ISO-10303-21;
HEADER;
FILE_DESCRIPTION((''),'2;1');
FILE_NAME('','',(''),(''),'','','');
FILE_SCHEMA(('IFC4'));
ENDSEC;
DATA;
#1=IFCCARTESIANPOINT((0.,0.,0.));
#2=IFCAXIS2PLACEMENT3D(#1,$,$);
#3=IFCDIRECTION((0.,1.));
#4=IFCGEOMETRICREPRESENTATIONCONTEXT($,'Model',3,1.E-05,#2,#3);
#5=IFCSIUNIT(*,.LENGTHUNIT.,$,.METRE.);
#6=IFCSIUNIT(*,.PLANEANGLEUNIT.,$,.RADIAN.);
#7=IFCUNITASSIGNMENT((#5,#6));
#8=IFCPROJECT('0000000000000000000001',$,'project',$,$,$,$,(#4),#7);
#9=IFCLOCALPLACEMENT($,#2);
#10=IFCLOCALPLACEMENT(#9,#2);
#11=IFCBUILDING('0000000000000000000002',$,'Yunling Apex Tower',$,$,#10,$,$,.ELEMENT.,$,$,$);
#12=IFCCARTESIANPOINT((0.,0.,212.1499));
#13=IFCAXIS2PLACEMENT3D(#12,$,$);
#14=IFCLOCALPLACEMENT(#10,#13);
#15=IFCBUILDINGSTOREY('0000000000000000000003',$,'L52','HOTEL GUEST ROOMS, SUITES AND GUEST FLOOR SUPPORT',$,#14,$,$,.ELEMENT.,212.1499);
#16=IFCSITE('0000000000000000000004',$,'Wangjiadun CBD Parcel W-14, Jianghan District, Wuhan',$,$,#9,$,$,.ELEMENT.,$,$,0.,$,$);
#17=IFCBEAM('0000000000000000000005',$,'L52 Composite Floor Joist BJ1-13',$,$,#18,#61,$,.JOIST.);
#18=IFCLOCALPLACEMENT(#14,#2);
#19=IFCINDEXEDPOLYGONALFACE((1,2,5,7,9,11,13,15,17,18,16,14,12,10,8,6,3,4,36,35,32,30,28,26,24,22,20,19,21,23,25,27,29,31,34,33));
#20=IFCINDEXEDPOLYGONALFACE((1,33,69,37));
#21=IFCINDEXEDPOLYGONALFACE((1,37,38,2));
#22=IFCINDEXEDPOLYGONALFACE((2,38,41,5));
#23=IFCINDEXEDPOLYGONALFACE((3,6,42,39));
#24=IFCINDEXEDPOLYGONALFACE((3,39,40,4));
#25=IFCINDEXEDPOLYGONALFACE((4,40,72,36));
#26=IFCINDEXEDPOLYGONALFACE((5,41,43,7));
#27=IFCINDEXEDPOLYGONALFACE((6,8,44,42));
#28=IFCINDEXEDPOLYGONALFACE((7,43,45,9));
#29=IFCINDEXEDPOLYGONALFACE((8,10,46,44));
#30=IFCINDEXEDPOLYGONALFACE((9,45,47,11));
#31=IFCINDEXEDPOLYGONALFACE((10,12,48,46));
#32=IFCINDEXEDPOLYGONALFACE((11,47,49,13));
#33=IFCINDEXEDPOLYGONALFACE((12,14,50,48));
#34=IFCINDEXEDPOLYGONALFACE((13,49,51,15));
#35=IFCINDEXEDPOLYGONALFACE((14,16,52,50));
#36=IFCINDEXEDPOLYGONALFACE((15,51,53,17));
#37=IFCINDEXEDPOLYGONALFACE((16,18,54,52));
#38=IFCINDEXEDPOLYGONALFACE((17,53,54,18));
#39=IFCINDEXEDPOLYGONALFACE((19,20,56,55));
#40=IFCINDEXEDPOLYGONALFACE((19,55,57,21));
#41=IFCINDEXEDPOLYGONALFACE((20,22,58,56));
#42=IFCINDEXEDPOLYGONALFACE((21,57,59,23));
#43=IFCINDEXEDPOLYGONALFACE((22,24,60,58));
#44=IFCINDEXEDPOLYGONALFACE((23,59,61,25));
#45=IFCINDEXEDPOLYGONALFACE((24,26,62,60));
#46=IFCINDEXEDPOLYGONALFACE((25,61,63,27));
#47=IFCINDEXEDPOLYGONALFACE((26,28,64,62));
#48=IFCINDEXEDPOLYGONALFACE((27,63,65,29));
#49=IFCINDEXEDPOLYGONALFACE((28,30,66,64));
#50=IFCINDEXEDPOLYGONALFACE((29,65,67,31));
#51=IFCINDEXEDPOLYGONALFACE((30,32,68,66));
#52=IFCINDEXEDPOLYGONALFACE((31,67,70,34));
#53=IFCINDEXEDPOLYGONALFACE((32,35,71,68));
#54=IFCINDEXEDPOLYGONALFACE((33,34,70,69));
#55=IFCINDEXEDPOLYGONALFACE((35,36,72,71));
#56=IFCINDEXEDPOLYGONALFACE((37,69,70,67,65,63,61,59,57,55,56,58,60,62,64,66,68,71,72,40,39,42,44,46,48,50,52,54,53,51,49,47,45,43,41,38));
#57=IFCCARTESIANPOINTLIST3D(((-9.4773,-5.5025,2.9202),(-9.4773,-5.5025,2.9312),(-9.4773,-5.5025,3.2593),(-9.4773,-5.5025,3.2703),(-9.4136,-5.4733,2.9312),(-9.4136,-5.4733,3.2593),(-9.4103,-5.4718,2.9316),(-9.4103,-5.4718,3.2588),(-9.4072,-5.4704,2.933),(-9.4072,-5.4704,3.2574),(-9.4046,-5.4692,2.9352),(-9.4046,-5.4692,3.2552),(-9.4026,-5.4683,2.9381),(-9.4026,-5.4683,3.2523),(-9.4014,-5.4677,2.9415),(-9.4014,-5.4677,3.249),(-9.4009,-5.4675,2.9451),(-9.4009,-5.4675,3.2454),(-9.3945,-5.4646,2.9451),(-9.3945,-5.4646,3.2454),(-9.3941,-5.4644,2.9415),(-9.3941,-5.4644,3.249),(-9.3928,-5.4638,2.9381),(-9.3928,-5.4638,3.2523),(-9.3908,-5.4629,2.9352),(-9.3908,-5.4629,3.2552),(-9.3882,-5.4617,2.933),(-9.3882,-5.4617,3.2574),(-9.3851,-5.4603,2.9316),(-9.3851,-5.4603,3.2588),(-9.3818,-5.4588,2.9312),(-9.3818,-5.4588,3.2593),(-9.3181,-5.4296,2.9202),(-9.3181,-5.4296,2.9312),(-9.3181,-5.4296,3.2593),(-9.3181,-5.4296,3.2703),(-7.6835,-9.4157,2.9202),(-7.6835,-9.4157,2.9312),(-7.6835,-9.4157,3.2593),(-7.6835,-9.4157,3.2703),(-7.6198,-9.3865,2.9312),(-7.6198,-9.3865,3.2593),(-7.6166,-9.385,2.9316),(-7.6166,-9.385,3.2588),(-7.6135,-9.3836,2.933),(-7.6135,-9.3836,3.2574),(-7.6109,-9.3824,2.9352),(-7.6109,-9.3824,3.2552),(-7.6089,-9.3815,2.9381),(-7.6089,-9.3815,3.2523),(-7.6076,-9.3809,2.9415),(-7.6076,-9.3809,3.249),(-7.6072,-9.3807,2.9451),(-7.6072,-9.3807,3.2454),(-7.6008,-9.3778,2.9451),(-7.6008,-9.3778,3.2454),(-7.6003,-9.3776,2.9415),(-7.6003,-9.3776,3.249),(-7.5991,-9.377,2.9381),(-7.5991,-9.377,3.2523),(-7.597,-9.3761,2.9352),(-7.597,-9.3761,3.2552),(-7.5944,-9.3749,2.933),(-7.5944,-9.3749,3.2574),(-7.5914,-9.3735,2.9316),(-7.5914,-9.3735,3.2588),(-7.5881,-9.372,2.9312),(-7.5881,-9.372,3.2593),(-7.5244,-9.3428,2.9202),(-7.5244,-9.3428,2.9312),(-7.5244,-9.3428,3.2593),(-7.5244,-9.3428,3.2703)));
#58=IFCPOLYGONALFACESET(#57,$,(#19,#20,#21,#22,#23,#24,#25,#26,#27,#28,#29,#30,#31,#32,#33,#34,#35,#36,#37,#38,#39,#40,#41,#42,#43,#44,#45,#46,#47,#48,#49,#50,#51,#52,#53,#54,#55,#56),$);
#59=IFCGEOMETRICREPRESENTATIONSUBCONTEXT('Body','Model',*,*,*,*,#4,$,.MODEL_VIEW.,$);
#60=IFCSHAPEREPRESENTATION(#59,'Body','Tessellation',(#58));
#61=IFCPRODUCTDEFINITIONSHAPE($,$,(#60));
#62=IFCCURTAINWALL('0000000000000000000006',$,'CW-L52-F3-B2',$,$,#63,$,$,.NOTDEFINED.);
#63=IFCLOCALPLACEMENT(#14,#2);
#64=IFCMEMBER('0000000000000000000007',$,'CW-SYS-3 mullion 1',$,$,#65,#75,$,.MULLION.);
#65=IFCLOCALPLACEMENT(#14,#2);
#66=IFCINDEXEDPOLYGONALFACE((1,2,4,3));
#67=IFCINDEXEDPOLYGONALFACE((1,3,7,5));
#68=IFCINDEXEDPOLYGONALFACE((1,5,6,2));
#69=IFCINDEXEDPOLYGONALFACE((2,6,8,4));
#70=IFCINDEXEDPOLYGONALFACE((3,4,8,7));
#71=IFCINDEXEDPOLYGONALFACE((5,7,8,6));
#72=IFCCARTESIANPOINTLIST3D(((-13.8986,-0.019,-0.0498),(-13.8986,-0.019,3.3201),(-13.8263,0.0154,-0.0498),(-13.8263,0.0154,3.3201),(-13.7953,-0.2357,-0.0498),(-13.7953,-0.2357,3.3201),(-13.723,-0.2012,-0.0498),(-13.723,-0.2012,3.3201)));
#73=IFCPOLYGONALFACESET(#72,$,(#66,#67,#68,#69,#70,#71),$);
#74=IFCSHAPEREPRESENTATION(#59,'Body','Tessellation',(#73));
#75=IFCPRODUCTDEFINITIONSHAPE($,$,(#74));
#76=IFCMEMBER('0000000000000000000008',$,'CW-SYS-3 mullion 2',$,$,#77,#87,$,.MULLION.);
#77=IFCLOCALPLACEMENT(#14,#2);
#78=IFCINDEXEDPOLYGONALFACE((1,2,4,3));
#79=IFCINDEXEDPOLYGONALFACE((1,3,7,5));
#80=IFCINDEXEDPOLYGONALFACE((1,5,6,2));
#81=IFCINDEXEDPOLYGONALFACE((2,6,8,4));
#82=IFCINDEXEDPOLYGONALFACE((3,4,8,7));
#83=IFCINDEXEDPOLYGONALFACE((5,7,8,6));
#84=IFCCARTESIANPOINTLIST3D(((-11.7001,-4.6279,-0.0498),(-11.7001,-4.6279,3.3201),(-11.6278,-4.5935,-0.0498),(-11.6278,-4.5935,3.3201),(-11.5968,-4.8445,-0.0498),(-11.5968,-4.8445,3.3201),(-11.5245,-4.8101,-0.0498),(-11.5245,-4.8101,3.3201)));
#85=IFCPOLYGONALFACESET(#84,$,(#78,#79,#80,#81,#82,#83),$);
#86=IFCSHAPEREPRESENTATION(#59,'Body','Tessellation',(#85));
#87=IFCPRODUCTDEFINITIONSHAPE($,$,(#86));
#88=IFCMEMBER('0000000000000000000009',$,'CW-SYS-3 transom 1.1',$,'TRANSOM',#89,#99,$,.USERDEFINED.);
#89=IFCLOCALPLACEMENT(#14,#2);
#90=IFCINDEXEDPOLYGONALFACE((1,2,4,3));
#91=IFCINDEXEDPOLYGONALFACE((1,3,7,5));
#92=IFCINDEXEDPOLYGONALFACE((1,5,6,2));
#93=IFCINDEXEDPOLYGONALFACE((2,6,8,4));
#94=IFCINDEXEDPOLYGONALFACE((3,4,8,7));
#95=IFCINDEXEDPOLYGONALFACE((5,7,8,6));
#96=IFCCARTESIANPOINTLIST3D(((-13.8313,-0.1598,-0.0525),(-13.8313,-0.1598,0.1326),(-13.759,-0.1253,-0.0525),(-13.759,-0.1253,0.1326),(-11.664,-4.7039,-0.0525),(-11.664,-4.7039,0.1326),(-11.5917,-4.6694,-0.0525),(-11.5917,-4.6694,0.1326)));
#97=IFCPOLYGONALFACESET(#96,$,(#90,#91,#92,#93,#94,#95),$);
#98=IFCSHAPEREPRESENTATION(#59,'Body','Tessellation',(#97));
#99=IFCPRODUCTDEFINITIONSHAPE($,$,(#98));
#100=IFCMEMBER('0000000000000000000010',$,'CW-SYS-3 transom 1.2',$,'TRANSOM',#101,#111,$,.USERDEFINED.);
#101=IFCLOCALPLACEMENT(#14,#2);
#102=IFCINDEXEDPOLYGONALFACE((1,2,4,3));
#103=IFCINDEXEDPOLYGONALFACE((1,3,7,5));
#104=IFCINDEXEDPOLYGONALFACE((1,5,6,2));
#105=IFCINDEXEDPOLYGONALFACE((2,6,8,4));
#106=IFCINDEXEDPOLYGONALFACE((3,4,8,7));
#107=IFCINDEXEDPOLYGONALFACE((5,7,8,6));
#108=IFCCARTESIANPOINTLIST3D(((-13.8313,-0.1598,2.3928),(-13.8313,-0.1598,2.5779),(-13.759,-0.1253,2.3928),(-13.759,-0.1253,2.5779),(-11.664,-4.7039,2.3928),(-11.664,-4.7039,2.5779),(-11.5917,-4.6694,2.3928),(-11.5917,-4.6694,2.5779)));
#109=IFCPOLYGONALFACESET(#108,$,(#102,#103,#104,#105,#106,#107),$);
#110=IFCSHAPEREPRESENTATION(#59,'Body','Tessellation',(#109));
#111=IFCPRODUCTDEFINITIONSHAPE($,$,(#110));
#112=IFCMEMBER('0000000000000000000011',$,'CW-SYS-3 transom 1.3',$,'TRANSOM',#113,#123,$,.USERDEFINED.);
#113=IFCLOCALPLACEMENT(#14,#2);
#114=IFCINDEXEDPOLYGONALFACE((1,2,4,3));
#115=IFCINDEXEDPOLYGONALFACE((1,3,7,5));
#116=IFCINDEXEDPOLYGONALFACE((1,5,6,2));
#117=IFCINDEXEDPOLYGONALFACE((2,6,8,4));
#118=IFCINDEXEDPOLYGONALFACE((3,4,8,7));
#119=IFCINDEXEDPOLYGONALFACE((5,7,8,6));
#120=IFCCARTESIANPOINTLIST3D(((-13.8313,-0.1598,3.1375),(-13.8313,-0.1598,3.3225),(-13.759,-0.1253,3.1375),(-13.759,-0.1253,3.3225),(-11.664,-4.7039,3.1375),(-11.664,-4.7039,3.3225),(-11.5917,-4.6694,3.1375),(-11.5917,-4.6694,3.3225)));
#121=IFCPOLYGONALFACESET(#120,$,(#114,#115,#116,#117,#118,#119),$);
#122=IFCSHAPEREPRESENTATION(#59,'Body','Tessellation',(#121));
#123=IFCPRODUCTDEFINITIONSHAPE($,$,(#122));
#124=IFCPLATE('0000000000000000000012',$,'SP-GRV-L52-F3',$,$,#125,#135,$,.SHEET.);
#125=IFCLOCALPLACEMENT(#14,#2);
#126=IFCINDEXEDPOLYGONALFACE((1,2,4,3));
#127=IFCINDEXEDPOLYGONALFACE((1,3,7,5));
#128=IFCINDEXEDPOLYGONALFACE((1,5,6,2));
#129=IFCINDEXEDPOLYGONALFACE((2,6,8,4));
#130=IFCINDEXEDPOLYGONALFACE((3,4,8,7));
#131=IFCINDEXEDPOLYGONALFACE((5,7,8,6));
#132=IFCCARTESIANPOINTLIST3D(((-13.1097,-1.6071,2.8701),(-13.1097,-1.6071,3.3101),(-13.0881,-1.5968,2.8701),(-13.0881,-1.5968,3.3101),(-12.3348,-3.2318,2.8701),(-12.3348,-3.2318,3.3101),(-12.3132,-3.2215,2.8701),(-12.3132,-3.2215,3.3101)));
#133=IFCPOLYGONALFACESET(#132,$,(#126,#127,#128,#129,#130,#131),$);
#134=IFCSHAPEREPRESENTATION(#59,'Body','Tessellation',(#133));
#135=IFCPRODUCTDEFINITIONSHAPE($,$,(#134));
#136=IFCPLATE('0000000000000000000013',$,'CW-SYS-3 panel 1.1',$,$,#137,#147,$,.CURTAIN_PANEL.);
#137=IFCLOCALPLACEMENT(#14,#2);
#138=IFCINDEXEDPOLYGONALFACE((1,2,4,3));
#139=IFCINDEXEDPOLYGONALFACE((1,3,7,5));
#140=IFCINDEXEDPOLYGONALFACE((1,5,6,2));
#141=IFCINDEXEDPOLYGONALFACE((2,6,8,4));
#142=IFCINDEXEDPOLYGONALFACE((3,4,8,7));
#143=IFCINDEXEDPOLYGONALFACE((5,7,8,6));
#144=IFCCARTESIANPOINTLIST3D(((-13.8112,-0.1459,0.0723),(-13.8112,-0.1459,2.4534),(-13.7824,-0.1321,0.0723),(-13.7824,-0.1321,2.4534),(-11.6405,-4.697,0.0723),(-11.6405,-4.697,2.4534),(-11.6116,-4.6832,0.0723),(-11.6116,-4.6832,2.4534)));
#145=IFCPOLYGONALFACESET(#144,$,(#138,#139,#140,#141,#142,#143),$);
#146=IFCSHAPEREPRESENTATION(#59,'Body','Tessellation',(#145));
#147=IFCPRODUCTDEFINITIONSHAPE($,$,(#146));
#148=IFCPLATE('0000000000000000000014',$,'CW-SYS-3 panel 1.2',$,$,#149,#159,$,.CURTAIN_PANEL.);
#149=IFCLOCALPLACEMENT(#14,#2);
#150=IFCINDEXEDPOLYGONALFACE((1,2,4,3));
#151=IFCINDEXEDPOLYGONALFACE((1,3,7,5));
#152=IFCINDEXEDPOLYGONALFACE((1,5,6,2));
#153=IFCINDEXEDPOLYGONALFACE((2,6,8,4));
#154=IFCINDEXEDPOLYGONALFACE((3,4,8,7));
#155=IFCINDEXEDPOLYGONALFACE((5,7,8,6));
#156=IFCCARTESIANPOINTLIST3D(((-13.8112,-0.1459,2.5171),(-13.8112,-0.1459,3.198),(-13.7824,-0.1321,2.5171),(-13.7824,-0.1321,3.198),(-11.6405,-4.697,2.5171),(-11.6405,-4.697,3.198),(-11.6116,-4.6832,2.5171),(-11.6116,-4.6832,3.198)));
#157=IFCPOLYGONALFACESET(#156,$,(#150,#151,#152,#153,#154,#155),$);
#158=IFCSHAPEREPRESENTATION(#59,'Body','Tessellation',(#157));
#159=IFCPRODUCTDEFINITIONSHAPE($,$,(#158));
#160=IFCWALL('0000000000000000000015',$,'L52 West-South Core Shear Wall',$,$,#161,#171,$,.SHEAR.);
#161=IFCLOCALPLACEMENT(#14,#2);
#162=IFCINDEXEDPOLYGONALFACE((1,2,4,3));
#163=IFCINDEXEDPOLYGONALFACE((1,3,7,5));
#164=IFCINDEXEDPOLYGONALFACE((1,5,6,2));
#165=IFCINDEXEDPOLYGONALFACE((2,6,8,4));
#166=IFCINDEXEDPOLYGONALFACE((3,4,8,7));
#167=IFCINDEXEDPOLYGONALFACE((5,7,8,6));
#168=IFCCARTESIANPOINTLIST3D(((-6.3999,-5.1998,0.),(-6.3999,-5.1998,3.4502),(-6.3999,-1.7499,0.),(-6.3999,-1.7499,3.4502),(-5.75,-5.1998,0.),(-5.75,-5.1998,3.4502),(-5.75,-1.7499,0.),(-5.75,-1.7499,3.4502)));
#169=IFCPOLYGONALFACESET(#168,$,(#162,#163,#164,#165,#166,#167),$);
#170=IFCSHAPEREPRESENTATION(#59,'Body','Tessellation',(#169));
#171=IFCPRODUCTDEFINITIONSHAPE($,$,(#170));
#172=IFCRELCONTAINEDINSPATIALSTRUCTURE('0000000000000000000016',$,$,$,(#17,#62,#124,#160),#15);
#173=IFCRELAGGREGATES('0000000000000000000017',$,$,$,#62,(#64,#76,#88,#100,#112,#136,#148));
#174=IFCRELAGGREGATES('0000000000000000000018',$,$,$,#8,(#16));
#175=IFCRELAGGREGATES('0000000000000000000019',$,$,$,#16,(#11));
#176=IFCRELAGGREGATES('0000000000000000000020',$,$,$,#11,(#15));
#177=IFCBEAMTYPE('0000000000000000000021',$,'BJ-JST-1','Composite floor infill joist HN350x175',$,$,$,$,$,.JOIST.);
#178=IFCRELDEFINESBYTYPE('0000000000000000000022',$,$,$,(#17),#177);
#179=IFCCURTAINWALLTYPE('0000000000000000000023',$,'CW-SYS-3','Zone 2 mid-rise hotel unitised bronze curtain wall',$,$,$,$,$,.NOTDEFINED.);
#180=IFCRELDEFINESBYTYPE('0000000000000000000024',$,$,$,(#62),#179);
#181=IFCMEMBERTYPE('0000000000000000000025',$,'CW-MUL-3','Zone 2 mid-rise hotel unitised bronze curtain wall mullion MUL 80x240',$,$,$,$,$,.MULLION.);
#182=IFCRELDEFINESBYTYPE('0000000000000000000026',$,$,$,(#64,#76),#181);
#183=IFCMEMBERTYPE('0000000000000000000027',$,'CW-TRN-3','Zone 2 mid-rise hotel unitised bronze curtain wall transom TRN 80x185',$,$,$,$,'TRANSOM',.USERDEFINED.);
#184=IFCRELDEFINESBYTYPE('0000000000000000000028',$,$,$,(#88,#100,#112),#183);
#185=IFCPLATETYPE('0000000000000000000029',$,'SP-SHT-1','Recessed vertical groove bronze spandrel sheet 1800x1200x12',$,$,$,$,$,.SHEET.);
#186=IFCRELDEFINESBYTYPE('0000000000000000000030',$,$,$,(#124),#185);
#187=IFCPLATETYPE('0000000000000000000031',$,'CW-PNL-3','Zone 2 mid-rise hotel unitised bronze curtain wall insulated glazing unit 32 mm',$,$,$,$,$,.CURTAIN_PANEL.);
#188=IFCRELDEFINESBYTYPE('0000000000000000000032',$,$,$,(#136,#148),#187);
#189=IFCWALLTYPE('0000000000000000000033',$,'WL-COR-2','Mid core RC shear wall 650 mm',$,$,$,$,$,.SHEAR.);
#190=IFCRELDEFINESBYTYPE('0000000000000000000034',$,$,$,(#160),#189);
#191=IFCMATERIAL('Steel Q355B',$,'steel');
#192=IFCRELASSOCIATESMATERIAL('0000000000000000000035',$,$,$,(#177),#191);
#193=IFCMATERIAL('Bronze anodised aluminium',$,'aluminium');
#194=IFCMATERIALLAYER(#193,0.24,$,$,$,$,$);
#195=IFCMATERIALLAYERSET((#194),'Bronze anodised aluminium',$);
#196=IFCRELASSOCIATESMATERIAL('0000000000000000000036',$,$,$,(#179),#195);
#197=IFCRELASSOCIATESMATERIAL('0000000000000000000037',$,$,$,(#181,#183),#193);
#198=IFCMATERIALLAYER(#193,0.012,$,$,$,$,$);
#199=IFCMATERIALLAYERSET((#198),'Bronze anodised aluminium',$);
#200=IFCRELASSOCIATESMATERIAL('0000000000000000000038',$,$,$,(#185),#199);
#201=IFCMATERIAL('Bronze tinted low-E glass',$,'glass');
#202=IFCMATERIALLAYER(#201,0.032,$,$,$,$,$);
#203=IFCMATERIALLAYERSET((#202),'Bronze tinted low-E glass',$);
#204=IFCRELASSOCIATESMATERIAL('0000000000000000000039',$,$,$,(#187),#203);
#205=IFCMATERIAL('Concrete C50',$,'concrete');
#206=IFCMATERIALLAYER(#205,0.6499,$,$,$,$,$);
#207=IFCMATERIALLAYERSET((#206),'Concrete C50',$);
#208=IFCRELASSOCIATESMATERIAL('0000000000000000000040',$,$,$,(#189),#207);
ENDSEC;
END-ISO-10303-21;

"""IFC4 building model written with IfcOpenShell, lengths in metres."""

from ifc_helpers import new_model, si_unit, direction, frame, frame_2d, origin, origin_2d, place, context, subcontext, project, spatial, rectangle, i_section, extrude, source, transform, mapped, material, layer, layer_set, material_profile, profile_set, type_object, element, aggregate, save


model = new_model("IFC4")

# Units and contexts
model_context = context("Model", 3, precision=1e-05, world=origin(), true_north=direction((0.0, 1.0)))
body_context = subcontext(model_context, "Body", "Model", "MODEL_VIEW")
ifc_project = project(units=[si_unit("LENGTHUNIT", "METRE"), si_unit("PLANEANGLEUNIT", "RADIAN")], contexts=[model_context])

# Site, building, storey
site_placement = place(None, origin())
site = spatial("IfcSite", under=ifc_project, at=site_placement, Name="Wangjiadun CBD Parcel W-14, Jianghan District, Wuhan", CompositionType="ELEMENT", RefElevation=0.0)
building_placement = place(site_placement, origin())
building = spatial("IfcBuilding", under=site, at=building_placement, Name="Yunling Apex Tower", CompositionType="ELEMENT")
storey_placement = place(building_placement, frame((0.0, 0.0, 212.1499)))
storey = spatial("IfcBuildingStorey", under=building, at=storey_placement, Name="L52", Description="HOTEL GUEST ROOMS, SUITES AND GUEST FLOOR SUPPORT", CompositionType="ELEMENT", Elevation=212.1499)

# Beam
ifc_material_1 = material(Name="Steel Q355B", Category="steel")
ifc_material_profile_1 = material_profile(ifc_material_1, i_section(OverallWidth=0.175, OverallDepth=0.3501, WebThickness=0.0071, FlangeThickness=0.011, FilletRadius=0.0139, at=origin_2d()))
ifc_profile_set_1 = profile_set([ifc_material_profile_1], Name="Steel Q355B")
beam_type_1 = type_object("IfcBeamType", Name="BJ-JST-1", Description="Composite floor infill joist HN350x175", PredefinedType="JOIST", material=ifc_profile_set_1)
shared_shape_1 = source(origin(), body_context, "Body", "SweptSolid", [
    extrude(i_section(OverallWidth=0.175, OverallDepth=0.3501, WebThickness=0.0071, FlangeThickness=0.011, FilletRadius=0.0139, at=origin_2d()), origin(), (0.0, 0.0, 1.0), 4.3047),
])
beam_1_placement = place(storey_placement, frame((-9.3977, -5.4661, 3.0952), z_axis=(0.416694, -0.909047, 0.0), x_axis=(0.909047, 0.416694, 0.0)))
element("IfcBeam", 1, at=beam_1_placement, inside=storey, type_object=beam_type_1, Name="L52 Composite Floor Joist BJ1-13", PredefinedType="JOIST", context=body_context, shape_type="MappedRepresentation", body=[
    mapped(shared_shape_1, transform((0.0, 0.0, 0.0), scale=1.0)),
])

# Curtain wall, members
ifc_material_2 = material(Name="Bronze anodised aluminium", Category="aluminium")
ifc_layer_1 = layer(ifc_material_2, 0.24)
ifc_layer_set_1 = layer_set([ifc_layer_1], Name="Bronze anodised aluminium")
curtain_wall_type = type_object("IfcCurtainWallType", Name="CW-SYS-3", Description="Zone 2 mid-rise hotel unitised bronze curtain wall", PredefinedType="NOTDEFINED", material=ifc_layer_set_1)
curtain_wall_placement = place(storey_placement, origin())
curtain_wall = element("IfcCurtainWall", 2, at=curtain_wall_placement, inside=storey, type_object=curtain_wall_type, Name="CW-L52-F3-B2", PredefinedType="NOTDEFINED")
ifc_material_profile_2 = material_profile(ifc_material_2, rectangle(XDim=0.0801, YDim=0.24, at=origin_2d()))
ifc_profile_set_2 = profile_set([ifc_material_profile_2], Name="Bronze anodised aluminium")
member_type_1 = type_object("IfcMemberType", Name="CW-MUL-3", Description="Zone 2 mid-rise hotel unitised bronze curtain wall mullion MUL 80x240", PredefinedType="MULLION", material=ifc_profile_set_2)
shared_shape_2 = source(origin(), body_context, "Body", "SweptSolid", [
    extrude(rectangle(XDim=0.0801, YDim=0.24, at=origin_2d()), origin(), (0.0, 0.0, 1.0), 3.3699),
])
member_1_placement = place(storey_placement, frame((-13.8108, -0.1101, -0.0498), z_axis=(0.0, 0.0, 1.0), x_axis=(0.902583, 0.430516, 0.0)))
member_1 = element("IfcMember", 3, at=member_1_placement, type_object=member_type_1, Name="CW-SYS-3 mullion 1", PredefinedType="MULLION", context=body_context, shape_type="MappedRepresentation", body=[
    mapped(shared_shape_2, transform((0.0, 0.0, 0.0), scale=1.0)),
])
member_2_placement = place(storey_placement, frame((-11.6123, -4.719, -0.0498), z_axis=(0.0, 0.0, 1.0), x_axis=(0.902583, 0.430516, 0.0)))
member_2 = element("IfcMember", 4, at=member_2_placement, type_object=member_type_1, Name="CW-SYS-3 mullion 2", PredefinedType="MULLION", context=body_context, shape_type="MappedRepresentation", body=[
    mapped(shared_shape_2, transform((0.0, 0.0, 0.0), scale=1.0)),
])
ifc_material_profile_3 = material_profile(ifc_material_2, rectangle(XDim=0.0801, YDim=0.1851, at=origin_2d()))
ifc_profile_set_3 = profile_set([ifc_material_profile_3], Name="Bronze anodised aluminium")
member_type_2 = type_object("IfcMemberType", Name="CW-TRN-3", Description="Zone 2 mid-rise hotel unitised bronze curtain wall transom TRN 80x185", ElementType="TRANSOM", PredefinedType="USERDEFINED", material=ifc_profile_set_3)
shared_shape_3 = source(origin(), body_context, "Body", "SweptSolid", [
    extrude(rectangle(XDim=0.0801, YDim=0.1851, at=origin_2d()), origin(), (0.0, 0.0, 1.0), 5.0344),
])
member_3_placement = place(storey_placement, frame((-13.7952, -0.1426, 0.04), z_axis=(0.430493, -0.902594, 0.0), x_axis=(0.902594, 0.430493, 0.0)))
member_3 = element("IfcMember", 5, at=member_3_placement, type_object=member_type_2, Name="CW-SYS-3 transom 1.1", ObjectType="TRANSOM", PredefinedType="USERDEFINED", context=body_context, shape_type="MappedRepresentation", body=[
    mapped(shared_shape_3, transform((0.0, 0.0, 0.0), scale=1.0)),
])
member_4_placement = place(storey_placement, frame((-13.7952, -0.1426, 2.4854), z_axis=(0.430493, -0.902594, 0.0), x_axis=(0.902594, 0.430493, 0.0)))
member_4 = element("IfcMember", 6, at=member_4_placement, type_object=member_type_2, Name="CW-SYS-3 transom 1.2", ObjectType="TRANSOM", PredefinedType="USERDEFINED", context=body_context, shape_type="MappedRepresentation", body=[
    mapped(shared_shape_3, transform((0.0, 0.0, 0.0), scale=1.0)),
])
member_5_placement = place(storey_placement, frame((-13.7952, -0.1426, 3.23), z_axis=(0.430493, -0.902594, 0.0), x_axis=(0.902594, 0.430493, 0.0)))
member_5 = element("IfcMember", 7, at=member_5_placement, type_object=member_type_2, Name="CW-SYS-3 transom 1.3", ObjectType="TRANSOM", PredefinedType="USERDEFINED", context=body_context, shape_type="MappedRepresentation", body=[
    mapped(shared_shape_3, transform((0.0, 0.0, 0.0), scale=1.0)),
])

# Plates
ifc_layer_2 = layer(ifc_material_2, 0.012)
ifc_layer_set_2 = layer_set([ifc_layer_2], Name="Bronze anodised aluminium")
plate_type_1 = type_object("IfcPlateType", Name="SP-SHT-1", Description="Recessed vertical groove bronze spandrel sheet 1800x1200x12", PredefinedType="SHEET", material=ifc_layer_set_2)
shared_shape_4 = source(origin(), body_context, "Body", "SweptSolid", [
    extrude(rectangle(XDim=1.8, YDim=0.0239, at=origin_2d()), origin(), (0.0, 0.0, 1.0), 0.4399),
])
plate_1_placement = place(storey_placement, frame((-12.7114, -2.4143, 2.8701), z_axis=(0.0, 0.0, 1.0), x_axis=(0.430511, -0.902585, 0.0)))
element("IfcPlate", 8, at=plate_1_placement, inside=storey, type_object=plate_type_1, Name="SP-GRV-L52-F3", PredefinedType="SHEET", context=body_context, shape_type="MappedRepresentation", body=[
    mapped(shared_shape_4, transform((0.0, 0.0, 0.0), scale=1.0)),
])
ifc_material_3 = material(Name="Bronze tinted low-E glass", Category="glass")
ifc_layer_3 = layer(ifc_material_3, 0.032)
ifc_layer_set_3 = layer_set([ifc_layer_3], Name="Bronze tinted low-E glass")
plate_type_2 = type_object("IfcPlateType", Name="CW-PNL-3", Description="Zone 2 mid-rise hotel unitised bronze curtain wall insulated glazing unit 32 mm", PredefinedType="CURTAIN_PANEL", material=ifc_layer_set_3)
shared_shape_5 = source(origin(), body_context, "Body", "SweptSolid", [
    extrude(rectangle(XDim=5.0422, YDim=0.032, at=origin_2d()), origin(), (0.0, 0.0, 1.0), 2.3811),
])
plate_2_placement = place(storey_placement, frame((-12.7114, -2.4146, 0.0723), z_axis=(0.0, 0.0, 1.0), x_axis=(0.430516, -0.902583, 0.0)))
plate_2 = element("IfcPlate", 9, at=plate_2_placement, type_object=plate_type_2, Name="CW-SYS-3 panel 1.1", PredefinedType="CURTAIN_PANEL", context=body_context, shape_type="MappedRepresentation", body=[
    mapped(shared_shape_5, transform((0.0, 0.0, 0.0), scale=1.0)),
])
shared_shape_6 = source(origin(), body_context, "Body", "SweptSolid", [
    extrude(rectangle(XDim=5.0422, YDim=0.032, at=origin_2d()), origin(), (0.0, 0.0, 1.0), 0.6809),
])
plate_3_placement = place(storey_placement, frame((-12.7114, -2.4146, 2.5171), z_axis=(0.0, 0.0, 1.0), x_axis=(0.430516, -0.902583, 0.0)))
plate_3 = element("IfcPlate", 10, at=plate_3_placement, type_object=plate_type_2, Name="CW-SYS-3 panel 1.2", PredefinedType="CURTAIN_PANEL", context=body_context, shape_type="MappedRepresentation", body=[
    mapped(shared_shape_6, transform((0.0, 0.0, 0.0), scale=1.0)),
])
aggregate(curtain_wall, [member_1, member_2, member_3, member_4, member_5, plate_2, plate_3])

# Wall
ifc_material_4 = material(Name="Concrete C50", Category="concrete")
ifc_layer_4 = layer(ifc_material_4, 0.6499)
ifc_layer_set_4 = layer_set([ifc_layer_4], Name="Concrete C50")
wall_type_1 = type_object("IfcWallType", Name="WL-COR-2", Description="Mid core RC shear wall 650 mm", PredefinedType="SHEAR", material=ifc_layer_set_4)
wall_1_placement = place(storey_placement, frame((-6.075, -5.2, 0.0), z_axis=(0.0, 0.0, 1.0), x_axis=(0.0, 1.0, 0.0)))
element("IfcWall", 11, at=wall_1_placement, inside=storey, type_object=wall_type_1, Name="L52 West-South Core Shear Wall", PredefinedType="SHEAR", context=body_context, shape_type="SweptSolid", body=[
    extrude(rectangle(XDim=3.45, YDim=0.6499, at=frame_2d((1.7251, 0.0))), origin(), (0.0, 0.0, 1.0), 3.4502),
])

save(model, "model.ifc")
